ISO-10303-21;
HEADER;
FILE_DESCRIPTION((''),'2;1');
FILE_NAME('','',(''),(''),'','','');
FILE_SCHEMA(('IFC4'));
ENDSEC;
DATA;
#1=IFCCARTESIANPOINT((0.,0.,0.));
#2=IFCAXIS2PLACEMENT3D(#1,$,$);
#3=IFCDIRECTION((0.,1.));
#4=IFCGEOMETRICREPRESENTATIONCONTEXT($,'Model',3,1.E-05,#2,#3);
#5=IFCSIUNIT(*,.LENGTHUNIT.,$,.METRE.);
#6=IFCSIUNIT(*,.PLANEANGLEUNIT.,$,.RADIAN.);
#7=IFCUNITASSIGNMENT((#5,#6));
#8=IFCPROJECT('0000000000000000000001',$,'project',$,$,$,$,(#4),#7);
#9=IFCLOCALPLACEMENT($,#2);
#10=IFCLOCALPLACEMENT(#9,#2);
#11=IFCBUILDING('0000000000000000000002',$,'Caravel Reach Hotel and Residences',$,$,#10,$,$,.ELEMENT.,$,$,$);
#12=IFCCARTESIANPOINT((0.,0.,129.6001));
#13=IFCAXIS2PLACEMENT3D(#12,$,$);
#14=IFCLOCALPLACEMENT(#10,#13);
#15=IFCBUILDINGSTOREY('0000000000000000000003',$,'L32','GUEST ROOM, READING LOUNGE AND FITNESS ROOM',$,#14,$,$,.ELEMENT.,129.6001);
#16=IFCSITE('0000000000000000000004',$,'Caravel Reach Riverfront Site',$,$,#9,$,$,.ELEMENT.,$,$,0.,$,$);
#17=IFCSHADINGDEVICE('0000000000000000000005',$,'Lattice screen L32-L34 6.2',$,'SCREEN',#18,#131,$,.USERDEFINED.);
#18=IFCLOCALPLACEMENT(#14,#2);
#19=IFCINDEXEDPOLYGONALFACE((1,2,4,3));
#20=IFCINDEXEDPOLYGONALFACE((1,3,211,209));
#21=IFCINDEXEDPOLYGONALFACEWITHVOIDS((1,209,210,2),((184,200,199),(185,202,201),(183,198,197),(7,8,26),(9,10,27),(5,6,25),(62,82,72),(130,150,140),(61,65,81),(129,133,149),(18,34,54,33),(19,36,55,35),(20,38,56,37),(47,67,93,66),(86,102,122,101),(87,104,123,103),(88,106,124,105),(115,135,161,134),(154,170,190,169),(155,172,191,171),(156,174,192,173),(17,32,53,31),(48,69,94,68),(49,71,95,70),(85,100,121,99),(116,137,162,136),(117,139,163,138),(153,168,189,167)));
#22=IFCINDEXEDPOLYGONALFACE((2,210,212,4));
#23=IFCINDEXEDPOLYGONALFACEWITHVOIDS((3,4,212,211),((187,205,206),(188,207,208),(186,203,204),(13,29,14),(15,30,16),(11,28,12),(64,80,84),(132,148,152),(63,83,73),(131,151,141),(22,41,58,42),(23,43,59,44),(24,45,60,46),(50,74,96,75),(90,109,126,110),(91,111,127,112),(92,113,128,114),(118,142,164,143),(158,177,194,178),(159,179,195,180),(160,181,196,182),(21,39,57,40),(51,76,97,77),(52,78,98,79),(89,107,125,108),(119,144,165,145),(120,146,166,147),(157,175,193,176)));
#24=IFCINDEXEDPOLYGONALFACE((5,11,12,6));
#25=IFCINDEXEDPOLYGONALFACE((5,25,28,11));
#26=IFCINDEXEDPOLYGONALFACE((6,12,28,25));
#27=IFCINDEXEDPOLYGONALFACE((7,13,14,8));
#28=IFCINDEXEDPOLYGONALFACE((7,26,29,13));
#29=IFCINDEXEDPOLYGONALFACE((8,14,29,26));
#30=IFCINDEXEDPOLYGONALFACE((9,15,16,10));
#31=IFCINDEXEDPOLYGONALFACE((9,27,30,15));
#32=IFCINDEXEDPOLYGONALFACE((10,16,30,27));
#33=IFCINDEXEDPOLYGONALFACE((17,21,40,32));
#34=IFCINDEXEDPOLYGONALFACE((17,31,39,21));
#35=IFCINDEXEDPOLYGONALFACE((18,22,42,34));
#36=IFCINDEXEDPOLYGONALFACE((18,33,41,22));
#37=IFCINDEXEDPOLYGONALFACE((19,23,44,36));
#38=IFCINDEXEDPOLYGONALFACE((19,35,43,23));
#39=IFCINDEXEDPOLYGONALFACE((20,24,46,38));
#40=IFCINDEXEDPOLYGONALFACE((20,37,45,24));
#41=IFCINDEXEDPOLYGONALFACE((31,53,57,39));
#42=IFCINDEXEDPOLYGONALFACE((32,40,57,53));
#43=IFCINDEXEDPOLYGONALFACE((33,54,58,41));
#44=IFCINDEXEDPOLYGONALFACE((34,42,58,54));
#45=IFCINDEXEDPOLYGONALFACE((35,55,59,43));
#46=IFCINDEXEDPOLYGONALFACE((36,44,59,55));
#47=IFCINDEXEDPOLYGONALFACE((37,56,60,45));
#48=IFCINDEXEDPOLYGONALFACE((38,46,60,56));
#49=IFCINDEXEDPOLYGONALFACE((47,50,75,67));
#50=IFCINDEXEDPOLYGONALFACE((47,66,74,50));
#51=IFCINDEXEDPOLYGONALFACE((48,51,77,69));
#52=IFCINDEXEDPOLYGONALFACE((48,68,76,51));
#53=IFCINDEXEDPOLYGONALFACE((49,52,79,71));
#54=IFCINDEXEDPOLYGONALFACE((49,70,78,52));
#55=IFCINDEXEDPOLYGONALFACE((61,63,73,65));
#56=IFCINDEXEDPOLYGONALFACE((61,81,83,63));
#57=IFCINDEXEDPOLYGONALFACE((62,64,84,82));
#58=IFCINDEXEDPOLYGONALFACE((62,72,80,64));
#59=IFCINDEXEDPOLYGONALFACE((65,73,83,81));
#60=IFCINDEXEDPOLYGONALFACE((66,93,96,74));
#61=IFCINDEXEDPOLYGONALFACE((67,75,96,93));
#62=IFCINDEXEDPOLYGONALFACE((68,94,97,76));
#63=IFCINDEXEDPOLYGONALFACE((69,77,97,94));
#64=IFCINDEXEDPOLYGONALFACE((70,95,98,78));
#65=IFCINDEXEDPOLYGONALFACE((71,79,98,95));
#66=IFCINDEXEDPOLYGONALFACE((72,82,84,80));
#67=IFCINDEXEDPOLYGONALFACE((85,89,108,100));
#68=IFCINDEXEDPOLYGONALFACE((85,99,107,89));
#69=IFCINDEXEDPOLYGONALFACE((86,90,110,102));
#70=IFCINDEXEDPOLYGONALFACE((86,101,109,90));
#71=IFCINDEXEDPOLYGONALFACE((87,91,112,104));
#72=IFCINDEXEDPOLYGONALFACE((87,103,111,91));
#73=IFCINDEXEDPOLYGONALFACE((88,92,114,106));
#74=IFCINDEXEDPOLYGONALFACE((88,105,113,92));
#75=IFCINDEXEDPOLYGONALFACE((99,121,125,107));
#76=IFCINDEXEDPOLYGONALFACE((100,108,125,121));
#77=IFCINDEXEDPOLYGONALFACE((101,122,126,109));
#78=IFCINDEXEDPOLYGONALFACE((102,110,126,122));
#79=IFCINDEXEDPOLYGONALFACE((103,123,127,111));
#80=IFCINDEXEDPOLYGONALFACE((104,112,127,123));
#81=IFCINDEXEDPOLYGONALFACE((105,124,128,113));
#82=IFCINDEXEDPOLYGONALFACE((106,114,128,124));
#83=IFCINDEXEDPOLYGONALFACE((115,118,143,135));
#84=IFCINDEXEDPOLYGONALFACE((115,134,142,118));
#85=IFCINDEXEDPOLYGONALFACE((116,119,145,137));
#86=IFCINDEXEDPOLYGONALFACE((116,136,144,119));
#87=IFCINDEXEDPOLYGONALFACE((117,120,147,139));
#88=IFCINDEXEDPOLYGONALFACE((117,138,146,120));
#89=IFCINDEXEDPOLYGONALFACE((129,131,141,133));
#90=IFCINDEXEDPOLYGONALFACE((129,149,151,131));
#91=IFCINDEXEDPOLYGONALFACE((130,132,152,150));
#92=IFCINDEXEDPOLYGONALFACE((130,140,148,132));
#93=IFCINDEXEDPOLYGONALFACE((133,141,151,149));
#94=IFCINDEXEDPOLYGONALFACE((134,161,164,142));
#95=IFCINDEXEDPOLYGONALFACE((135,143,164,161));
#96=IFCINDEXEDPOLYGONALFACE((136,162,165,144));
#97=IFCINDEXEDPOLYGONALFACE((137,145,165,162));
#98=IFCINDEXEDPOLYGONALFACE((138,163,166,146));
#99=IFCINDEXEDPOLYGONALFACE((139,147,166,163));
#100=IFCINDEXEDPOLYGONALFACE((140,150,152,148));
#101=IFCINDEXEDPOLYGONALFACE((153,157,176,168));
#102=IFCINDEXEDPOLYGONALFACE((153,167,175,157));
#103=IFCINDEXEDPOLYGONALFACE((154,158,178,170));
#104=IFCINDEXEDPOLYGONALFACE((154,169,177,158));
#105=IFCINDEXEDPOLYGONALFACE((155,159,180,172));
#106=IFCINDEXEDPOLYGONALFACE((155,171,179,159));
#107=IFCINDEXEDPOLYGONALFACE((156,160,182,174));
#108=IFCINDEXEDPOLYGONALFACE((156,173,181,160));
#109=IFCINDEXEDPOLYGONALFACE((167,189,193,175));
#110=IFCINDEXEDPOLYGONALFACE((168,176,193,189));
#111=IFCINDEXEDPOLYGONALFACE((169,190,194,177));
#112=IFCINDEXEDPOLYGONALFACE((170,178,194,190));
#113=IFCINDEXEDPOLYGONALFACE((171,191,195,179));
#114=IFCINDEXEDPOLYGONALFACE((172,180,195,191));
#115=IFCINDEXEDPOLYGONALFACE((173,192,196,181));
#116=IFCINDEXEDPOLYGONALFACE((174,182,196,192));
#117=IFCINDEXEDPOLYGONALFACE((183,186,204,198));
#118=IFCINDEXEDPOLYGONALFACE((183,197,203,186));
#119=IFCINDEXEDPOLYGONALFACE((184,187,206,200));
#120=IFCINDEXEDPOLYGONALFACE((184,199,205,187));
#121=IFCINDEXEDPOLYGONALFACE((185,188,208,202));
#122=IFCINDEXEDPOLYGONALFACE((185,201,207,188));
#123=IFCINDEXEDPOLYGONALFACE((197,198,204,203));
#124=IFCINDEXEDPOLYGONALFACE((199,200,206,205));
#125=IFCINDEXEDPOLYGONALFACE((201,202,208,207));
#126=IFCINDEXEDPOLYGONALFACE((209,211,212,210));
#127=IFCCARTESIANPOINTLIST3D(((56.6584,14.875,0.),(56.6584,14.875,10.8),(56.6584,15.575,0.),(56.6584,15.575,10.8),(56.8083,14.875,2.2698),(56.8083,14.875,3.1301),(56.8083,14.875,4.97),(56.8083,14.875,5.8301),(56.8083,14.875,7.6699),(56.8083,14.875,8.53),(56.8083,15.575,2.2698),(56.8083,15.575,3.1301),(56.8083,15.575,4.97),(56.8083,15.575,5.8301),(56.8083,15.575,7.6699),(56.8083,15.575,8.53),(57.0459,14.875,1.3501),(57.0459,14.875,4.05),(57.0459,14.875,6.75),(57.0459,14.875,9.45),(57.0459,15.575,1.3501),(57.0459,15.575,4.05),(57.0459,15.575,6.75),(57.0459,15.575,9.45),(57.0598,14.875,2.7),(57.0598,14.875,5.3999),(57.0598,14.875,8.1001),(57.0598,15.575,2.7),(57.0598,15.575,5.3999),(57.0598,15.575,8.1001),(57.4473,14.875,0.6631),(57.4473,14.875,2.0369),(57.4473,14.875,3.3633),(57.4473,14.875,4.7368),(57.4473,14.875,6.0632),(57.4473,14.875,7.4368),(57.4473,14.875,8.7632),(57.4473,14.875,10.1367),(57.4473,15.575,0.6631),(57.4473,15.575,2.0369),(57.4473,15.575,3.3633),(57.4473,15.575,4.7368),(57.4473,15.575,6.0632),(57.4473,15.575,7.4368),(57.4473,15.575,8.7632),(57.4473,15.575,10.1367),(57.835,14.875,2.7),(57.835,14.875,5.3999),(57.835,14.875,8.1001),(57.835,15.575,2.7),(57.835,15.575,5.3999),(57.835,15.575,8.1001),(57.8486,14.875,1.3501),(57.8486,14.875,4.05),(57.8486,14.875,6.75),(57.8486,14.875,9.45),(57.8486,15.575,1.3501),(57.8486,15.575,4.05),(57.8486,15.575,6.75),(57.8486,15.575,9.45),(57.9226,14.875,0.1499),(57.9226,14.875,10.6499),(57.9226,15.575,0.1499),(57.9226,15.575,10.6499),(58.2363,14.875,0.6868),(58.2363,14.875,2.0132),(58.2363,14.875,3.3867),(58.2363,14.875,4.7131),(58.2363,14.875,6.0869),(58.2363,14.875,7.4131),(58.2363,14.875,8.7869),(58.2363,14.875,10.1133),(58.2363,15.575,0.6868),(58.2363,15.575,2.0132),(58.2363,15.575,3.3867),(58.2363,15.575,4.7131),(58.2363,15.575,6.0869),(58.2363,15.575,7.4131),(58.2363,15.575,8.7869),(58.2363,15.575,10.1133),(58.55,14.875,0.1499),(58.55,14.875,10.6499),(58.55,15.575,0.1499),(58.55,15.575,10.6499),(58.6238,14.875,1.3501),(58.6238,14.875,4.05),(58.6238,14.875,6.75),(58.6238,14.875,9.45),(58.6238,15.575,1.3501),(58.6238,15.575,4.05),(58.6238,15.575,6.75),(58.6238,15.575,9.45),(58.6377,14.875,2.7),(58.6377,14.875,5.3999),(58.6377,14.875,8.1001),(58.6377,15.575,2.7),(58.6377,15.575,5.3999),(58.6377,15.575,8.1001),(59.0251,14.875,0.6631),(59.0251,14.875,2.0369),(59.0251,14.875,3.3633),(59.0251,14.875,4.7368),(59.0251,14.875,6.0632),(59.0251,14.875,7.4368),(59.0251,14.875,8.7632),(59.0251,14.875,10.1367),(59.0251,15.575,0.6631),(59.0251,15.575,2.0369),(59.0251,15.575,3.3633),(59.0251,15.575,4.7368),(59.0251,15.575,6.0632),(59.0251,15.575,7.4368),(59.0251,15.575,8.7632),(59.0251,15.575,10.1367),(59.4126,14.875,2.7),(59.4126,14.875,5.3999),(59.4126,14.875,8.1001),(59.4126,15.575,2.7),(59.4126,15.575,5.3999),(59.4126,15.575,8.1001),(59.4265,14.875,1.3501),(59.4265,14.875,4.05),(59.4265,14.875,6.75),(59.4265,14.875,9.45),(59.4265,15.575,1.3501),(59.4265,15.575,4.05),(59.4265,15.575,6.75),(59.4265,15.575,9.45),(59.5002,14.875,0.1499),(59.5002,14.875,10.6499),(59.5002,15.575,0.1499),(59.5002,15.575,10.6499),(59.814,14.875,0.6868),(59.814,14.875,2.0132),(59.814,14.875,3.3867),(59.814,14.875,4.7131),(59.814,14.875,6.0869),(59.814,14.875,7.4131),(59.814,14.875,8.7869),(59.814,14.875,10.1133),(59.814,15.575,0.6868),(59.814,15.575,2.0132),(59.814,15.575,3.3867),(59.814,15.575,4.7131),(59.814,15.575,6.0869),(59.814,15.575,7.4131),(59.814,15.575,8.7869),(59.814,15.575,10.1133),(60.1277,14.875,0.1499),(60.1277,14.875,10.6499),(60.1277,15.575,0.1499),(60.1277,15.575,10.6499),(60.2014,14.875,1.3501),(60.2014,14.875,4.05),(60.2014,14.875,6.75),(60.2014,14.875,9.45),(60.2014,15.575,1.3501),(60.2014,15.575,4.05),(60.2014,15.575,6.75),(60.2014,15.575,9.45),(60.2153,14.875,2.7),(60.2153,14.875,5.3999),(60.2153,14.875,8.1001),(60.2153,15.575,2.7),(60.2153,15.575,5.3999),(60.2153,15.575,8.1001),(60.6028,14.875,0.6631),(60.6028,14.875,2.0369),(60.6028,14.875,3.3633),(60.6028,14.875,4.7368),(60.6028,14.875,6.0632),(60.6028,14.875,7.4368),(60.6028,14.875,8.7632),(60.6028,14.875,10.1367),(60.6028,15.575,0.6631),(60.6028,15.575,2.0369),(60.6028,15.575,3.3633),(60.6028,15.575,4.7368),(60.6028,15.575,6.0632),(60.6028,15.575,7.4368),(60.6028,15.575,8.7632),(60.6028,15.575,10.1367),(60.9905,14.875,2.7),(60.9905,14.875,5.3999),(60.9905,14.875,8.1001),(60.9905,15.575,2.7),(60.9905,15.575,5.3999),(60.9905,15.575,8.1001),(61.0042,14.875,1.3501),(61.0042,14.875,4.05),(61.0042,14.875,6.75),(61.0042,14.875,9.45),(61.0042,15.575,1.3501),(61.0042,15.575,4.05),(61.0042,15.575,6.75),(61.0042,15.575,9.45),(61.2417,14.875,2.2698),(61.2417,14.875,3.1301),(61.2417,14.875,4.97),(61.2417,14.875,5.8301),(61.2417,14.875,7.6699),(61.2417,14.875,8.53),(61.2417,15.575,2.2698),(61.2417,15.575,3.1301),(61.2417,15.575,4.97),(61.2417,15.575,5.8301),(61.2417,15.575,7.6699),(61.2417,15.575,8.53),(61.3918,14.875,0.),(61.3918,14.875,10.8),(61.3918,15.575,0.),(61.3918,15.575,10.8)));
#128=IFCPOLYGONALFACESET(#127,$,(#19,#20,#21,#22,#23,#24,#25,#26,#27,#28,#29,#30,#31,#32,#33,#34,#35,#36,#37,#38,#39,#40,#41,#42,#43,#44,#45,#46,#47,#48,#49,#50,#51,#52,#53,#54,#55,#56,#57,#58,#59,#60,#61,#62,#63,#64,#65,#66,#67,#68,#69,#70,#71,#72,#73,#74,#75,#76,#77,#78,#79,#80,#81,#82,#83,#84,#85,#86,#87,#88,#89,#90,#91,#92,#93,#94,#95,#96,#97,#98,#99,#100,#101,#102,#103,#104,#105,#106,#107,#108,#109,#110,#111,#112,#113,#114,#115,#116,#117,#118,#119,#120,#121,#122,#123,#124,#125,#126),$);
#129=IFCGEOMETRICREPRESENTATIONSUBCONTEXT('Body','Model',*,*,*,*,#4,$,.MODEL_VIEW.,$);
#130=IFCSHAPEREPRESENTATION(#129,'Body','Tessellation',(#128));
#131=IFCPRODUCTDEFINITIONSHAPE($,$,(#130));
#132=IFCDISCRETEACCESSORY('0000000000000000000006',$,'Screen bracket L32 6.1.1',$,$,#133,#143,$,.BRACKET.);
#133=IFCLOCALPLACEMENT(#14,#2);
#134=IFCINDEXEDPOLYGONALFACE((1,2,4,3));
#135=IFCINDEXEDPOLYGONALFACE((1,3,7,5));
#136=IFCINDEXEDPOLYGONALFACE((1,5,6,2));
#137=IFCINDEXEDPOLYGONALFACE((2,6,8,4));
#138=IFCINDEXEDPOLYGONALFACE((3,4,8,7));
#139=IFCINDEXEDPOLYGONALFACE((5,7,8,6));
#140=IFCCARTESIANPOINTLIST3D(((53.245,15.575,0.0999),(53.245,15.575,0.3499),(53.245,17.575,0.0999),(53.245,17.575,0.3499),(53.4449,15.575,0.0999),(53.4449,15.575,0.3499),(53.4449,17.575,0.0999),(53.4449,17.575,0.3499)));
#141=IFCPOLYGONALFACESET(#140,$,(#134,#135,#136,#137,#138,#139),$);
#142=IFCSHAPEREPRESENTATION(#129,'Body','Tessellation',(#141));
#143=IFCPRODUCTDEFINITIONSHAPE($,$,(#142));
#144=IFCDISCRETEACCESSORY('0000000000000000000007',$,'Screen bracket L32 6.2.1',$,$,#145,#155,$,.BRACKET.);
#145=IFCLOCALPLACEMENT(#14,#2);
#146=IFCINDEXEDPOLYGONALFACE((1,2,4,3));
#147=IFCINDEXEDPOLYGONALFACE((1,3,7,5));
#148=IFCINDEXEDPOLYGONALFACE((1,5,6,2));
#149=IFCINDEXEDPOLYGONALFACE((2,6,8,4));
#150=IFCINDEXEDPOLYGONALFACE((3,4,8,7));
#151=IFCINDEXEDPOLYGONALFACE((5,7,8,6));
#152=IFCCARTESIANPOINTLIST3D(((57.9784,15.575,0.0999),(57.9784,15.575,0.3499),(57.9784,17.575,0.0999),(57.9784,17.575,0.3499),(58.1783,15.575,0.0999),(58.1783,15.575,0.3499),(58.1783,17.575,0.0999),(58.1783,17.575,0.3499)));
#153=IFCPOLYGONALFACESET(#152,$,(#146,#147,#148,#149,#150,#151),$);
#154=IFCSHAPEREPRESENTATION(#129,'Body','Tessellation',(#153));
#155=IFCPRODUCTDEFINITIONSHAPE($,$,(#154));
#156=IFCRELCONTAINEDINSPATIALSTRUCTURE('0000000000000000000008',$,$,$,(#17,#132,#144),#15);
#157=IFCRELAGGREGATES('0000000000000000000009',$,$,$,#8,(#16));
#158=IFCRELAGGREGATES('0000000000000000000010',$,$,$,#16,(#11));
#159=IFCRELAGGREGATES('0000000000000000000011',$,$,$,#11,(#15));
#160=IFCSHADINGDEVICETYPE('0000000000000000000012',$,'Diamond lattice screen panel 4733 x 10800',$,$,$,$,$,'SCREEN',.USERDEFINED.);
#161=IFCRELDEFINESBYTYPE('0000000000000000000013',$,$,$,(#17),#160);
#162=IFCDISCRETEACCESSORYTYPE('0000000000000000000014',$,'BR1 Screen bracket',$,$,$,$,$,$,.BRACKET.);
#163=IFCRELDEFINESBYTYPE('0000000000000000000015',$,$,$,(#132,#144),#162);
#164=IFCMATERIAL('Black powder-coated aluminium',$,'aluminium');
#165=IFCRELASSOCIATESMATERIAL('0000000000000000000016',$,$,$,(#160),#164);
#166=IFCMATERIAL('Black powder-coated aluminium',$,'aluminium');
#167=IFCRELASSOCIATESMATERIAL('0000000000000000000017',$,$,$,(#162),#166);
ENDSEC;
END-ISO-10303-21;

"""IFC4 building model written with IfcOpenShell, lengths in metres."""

from ifc_helpers import new_model, si_unit, direction, frame, origin, origin_2d, place, context, subcontext, project, spatial, polyline, rectangle, outline, extrude, material, type_object, element, save


model = new_model("IFC4")

# Units and contexts
model_context = context("Model", 3, precision=1e-05, world=origin(), true_north=direction((0.0, 1.0)))
body_context = subcontext(model_context, "Body", "Model", "MODEL_VIEW")
ifc_project = project(units=[si_unit("LENGTHUNIT", "METRE"), si_unit("PLANEANGLEUNIT", "RADIAN")], contexts=[model_context])

# Site, building, storey
site_placement = place(None, origin())
site = spatial("IfcSite", under=ifc_project, at=site_placement, Name="Caravel Reach Riverfront Site", CompositionType="ELEMENT", RefElevation=0.0)
building_placement = place(site_placement, origin())
building = spatial("IfcBuilding", under=site, at=building_placement, Name="Caravel Reach Hotel and Residences", CompositionType="ELEMENT")
storey_placement = place(building_placement, frame((0.0, 0.0, 129.6001)))
storey = spatial("IfcBuildingStorey", under=building, at=storey_placement, Name="L32", Description="GUEST ROOM, READING LOUNGE AND FITNESS ROOM", CompositionType="ELEMENT", Elevation=129.6001)

# Shading device
ifc_material_1 = material(Name="Black powder-coated aluminium", Category="aluminium")
shading_device_type = type_object("IfcShadingDeviceType", Name="Diamond lattice screen panel 4733 x 10800", ElementType="SCREEN", PredefinedType="USERDEFINED", material=ifc_material_1)
shading_device_placement = place(storey_placement, frame((56.6584, 15.575, 0.0), z_axis=(0.0, -1.0, 0.0), x_axis=(1.0, 0.0, 0.0)))
element("IfcShadingDevice", 1, at=shading_device_placement, inside=storey, type_object=shading_device_type, Name="Lattice screen L32-L34 6.2", ObjectType="SCREEN", PredefinedType="USERDEFINED", context=body_context, shape_type="SweptSolid", body=[
    extrude(outline(polyline([(0.0, 0.0), (4.7334, 0.0), (4.7334, 10.8), (0.0, 10.8), (0.0, 0.0)]), holes=[polyline([(0.4014, 2.7), (0.1499, 3.1301), (0.1499, 2.2698), (0.4014, 2.7)]), polyline([(0.4014, 5.3999), (0.1499, 5.8301), (0.1499, 4.97), (0.4014, 5.3999)]), polyline([(0.4014, 8.1001), (0.1499, 8.53), (0.1499, 7.6699), (0.4014, 8.1001)]), polyline([(0.7888, 2.0369), (0.3875, 1.3501), (0.7888, 0.6631), (1.1902, 1.3501), (0.7888, 2.0369)]), polyline([(0.7888, 4.7368), (0.3875, 4.05), (0.7888, 3.3633), (1.1902, 4.05), (0.7888, 4.7368)]), polyline([(0.7888, 7.4368), (0.3875, 6.75), (0.7888, 6.0632), (1.1902, 6.75), (0.7888, 7.4368)]), polyline([(0.7888, 10.1367), (0.3875, 9.45), (0.7888, 8.7632), (1.1902, 9.45), (0.7888, 10.1367)]), polyline([(1.5779, 0.6868), (1.2642, 0.1499), (1.8916, 0.1499), (1.5779, 0.6868)]), polyline([(1.5779, 3.3867), (1.1765, 2.7), (1.5779, 2.0132), (1.9792, 2.7), (1.5779, 3.3867)]), polyline([(1.5779, 6.0869), (1.1765, 5.3999), (1.5779, 4.7131), (1.9792, 5.3999), (1.5779, 6.0869)]), polyline([(1.5779, 8.7869), (1.1765, 8.1001), (1.5779, 7.4131), (1.9792, 8.1001), (1.5779, 8.7869)]), polyline([(1.5779, 10.1133), (1.8916, 10.6499), (1.2642, 10.6499), (1.5779, 10.1133)]), polyline([(2.3667, 2.0369), (1.9653, 1.3501), (2.3667, 0.6631), (2.7681, 1.3501), (2.3667, 2.0369)]), polyline([(2.3667, 4.7368), (1.9653, 4.05), (2.3667, 3.3633), (2.7681, 4.05), (2.3667, 4.7368)]), polyline([(2.3667, 7.4368), (1.9653, 6.75), (2.3667, 6.0632), (2.7681, 6.75), (2.3667, 7.4368)]), polyline([(2.3667, 10.1367), (1.9653, 9.45), (2.3667, 8.7632), (2.7681, 9.45), (2.3667, 10.1367)]), polyline([(3.1555, 0.6868), (2.8418, 0.1499), (3.4692, 0.1499), (3.1555, 0.6868)]), polyline([(3.1555, 3.3867), (2.7542, 2.7), (3.1555, 2.0132), (3.5569, 2.7), (3.1555, 3.3867)]), polyline([(3.1555, 6.0869), (2.7542, 5.3999), (3.1555, 4.7131), (3.5569, 5.3999), (3.1555, 6.0869)]), polyline([(3.1555, 8.7869), (2.7542, 8.1001), (3.1555, 7.4131), (3.5569, 8.1001), (3.1555, 8.7869)]), polyline([(3.1555, 10.1133), (3.4692, 10.6499), (2.8418, 10.6499), (3.1555, 10.1133)]), polyline([(3.9443, 2.0369), (3.543, 1.3501), (3.9443, 0.6631), (4.3457, 1.3501), (3.9443, 2.0369)]), polyline([(3.9443, 4.7368), (3.543, 4.05), (3.9443, 3.3633), (4.3457, 4.05), (3.9443, 4.7368)]), polyline([(3.9443, 7.4368), (3.543, 6.75), (3.9443, 6.0632), (4.3457, 6.75), (3.9443, 7.4368)]), polyline([(3.9443, 10.1367), (3.543, 9.45), (3.9443, 8.7632), (4.3457, 9.45), (3.9443, 10.1367)]), polyline([(4.332, 2.7), (4.5833, 2.2698), (4.5833, 3.1301), (4.332, 2.7)]), polyline([(4.332, 5.3999), (4.5833, 4.97), (4.5833, 5.8301), (4.332, 5.3999)]), polyline([(4.332, 8.1001), (4.5833, 7.6699), (4.5833, 8.53), (4.332, 8.1001)])]), origin(), (0.0, 0.0, 1.0), 0.7),
])

# Discrete accessories
ifc_material_2 = material(Name="Black powder-coated aluminium", Category="aluminium")
discrete_accessory_type = type_object("IfcDiscreteAccessoryType", Name="BR1 Screen bracket", PredefinedType="BRACKET", material=ifc_material_2)
for number, where, z_axis, x_axis, name in (
    (2, (53.345, 16.575, 0.0999), (0.0, 0.0, 1.0), (0.0, -1.0, 0.0), "Screen bracket L32 6.1.1"),
    (3, (58.0784, 16.575, 0.0999), (0.0, 0.0, 1.0), (0.0, -1.0, 0.0), "Screen bracket L32 6.2.1"),
):
    element("IfcDiscreteAccessory", number, at=place(storey_placement, frame(where, z_axis=z_axis, x_axis=x_axis)), inside=storey, type_object=discrete_accessory_type, Name=name, PredefinedType="BRACKET", context=body_context, shape_type="SweptSolid", body=[
        extrude(rectangle(XDim=2.0, YDim=0.2, at=origin_2d()), origin(), (0.0, 0.0, 1.0), 0.25),
    ])

save(model, "model.ifc")
